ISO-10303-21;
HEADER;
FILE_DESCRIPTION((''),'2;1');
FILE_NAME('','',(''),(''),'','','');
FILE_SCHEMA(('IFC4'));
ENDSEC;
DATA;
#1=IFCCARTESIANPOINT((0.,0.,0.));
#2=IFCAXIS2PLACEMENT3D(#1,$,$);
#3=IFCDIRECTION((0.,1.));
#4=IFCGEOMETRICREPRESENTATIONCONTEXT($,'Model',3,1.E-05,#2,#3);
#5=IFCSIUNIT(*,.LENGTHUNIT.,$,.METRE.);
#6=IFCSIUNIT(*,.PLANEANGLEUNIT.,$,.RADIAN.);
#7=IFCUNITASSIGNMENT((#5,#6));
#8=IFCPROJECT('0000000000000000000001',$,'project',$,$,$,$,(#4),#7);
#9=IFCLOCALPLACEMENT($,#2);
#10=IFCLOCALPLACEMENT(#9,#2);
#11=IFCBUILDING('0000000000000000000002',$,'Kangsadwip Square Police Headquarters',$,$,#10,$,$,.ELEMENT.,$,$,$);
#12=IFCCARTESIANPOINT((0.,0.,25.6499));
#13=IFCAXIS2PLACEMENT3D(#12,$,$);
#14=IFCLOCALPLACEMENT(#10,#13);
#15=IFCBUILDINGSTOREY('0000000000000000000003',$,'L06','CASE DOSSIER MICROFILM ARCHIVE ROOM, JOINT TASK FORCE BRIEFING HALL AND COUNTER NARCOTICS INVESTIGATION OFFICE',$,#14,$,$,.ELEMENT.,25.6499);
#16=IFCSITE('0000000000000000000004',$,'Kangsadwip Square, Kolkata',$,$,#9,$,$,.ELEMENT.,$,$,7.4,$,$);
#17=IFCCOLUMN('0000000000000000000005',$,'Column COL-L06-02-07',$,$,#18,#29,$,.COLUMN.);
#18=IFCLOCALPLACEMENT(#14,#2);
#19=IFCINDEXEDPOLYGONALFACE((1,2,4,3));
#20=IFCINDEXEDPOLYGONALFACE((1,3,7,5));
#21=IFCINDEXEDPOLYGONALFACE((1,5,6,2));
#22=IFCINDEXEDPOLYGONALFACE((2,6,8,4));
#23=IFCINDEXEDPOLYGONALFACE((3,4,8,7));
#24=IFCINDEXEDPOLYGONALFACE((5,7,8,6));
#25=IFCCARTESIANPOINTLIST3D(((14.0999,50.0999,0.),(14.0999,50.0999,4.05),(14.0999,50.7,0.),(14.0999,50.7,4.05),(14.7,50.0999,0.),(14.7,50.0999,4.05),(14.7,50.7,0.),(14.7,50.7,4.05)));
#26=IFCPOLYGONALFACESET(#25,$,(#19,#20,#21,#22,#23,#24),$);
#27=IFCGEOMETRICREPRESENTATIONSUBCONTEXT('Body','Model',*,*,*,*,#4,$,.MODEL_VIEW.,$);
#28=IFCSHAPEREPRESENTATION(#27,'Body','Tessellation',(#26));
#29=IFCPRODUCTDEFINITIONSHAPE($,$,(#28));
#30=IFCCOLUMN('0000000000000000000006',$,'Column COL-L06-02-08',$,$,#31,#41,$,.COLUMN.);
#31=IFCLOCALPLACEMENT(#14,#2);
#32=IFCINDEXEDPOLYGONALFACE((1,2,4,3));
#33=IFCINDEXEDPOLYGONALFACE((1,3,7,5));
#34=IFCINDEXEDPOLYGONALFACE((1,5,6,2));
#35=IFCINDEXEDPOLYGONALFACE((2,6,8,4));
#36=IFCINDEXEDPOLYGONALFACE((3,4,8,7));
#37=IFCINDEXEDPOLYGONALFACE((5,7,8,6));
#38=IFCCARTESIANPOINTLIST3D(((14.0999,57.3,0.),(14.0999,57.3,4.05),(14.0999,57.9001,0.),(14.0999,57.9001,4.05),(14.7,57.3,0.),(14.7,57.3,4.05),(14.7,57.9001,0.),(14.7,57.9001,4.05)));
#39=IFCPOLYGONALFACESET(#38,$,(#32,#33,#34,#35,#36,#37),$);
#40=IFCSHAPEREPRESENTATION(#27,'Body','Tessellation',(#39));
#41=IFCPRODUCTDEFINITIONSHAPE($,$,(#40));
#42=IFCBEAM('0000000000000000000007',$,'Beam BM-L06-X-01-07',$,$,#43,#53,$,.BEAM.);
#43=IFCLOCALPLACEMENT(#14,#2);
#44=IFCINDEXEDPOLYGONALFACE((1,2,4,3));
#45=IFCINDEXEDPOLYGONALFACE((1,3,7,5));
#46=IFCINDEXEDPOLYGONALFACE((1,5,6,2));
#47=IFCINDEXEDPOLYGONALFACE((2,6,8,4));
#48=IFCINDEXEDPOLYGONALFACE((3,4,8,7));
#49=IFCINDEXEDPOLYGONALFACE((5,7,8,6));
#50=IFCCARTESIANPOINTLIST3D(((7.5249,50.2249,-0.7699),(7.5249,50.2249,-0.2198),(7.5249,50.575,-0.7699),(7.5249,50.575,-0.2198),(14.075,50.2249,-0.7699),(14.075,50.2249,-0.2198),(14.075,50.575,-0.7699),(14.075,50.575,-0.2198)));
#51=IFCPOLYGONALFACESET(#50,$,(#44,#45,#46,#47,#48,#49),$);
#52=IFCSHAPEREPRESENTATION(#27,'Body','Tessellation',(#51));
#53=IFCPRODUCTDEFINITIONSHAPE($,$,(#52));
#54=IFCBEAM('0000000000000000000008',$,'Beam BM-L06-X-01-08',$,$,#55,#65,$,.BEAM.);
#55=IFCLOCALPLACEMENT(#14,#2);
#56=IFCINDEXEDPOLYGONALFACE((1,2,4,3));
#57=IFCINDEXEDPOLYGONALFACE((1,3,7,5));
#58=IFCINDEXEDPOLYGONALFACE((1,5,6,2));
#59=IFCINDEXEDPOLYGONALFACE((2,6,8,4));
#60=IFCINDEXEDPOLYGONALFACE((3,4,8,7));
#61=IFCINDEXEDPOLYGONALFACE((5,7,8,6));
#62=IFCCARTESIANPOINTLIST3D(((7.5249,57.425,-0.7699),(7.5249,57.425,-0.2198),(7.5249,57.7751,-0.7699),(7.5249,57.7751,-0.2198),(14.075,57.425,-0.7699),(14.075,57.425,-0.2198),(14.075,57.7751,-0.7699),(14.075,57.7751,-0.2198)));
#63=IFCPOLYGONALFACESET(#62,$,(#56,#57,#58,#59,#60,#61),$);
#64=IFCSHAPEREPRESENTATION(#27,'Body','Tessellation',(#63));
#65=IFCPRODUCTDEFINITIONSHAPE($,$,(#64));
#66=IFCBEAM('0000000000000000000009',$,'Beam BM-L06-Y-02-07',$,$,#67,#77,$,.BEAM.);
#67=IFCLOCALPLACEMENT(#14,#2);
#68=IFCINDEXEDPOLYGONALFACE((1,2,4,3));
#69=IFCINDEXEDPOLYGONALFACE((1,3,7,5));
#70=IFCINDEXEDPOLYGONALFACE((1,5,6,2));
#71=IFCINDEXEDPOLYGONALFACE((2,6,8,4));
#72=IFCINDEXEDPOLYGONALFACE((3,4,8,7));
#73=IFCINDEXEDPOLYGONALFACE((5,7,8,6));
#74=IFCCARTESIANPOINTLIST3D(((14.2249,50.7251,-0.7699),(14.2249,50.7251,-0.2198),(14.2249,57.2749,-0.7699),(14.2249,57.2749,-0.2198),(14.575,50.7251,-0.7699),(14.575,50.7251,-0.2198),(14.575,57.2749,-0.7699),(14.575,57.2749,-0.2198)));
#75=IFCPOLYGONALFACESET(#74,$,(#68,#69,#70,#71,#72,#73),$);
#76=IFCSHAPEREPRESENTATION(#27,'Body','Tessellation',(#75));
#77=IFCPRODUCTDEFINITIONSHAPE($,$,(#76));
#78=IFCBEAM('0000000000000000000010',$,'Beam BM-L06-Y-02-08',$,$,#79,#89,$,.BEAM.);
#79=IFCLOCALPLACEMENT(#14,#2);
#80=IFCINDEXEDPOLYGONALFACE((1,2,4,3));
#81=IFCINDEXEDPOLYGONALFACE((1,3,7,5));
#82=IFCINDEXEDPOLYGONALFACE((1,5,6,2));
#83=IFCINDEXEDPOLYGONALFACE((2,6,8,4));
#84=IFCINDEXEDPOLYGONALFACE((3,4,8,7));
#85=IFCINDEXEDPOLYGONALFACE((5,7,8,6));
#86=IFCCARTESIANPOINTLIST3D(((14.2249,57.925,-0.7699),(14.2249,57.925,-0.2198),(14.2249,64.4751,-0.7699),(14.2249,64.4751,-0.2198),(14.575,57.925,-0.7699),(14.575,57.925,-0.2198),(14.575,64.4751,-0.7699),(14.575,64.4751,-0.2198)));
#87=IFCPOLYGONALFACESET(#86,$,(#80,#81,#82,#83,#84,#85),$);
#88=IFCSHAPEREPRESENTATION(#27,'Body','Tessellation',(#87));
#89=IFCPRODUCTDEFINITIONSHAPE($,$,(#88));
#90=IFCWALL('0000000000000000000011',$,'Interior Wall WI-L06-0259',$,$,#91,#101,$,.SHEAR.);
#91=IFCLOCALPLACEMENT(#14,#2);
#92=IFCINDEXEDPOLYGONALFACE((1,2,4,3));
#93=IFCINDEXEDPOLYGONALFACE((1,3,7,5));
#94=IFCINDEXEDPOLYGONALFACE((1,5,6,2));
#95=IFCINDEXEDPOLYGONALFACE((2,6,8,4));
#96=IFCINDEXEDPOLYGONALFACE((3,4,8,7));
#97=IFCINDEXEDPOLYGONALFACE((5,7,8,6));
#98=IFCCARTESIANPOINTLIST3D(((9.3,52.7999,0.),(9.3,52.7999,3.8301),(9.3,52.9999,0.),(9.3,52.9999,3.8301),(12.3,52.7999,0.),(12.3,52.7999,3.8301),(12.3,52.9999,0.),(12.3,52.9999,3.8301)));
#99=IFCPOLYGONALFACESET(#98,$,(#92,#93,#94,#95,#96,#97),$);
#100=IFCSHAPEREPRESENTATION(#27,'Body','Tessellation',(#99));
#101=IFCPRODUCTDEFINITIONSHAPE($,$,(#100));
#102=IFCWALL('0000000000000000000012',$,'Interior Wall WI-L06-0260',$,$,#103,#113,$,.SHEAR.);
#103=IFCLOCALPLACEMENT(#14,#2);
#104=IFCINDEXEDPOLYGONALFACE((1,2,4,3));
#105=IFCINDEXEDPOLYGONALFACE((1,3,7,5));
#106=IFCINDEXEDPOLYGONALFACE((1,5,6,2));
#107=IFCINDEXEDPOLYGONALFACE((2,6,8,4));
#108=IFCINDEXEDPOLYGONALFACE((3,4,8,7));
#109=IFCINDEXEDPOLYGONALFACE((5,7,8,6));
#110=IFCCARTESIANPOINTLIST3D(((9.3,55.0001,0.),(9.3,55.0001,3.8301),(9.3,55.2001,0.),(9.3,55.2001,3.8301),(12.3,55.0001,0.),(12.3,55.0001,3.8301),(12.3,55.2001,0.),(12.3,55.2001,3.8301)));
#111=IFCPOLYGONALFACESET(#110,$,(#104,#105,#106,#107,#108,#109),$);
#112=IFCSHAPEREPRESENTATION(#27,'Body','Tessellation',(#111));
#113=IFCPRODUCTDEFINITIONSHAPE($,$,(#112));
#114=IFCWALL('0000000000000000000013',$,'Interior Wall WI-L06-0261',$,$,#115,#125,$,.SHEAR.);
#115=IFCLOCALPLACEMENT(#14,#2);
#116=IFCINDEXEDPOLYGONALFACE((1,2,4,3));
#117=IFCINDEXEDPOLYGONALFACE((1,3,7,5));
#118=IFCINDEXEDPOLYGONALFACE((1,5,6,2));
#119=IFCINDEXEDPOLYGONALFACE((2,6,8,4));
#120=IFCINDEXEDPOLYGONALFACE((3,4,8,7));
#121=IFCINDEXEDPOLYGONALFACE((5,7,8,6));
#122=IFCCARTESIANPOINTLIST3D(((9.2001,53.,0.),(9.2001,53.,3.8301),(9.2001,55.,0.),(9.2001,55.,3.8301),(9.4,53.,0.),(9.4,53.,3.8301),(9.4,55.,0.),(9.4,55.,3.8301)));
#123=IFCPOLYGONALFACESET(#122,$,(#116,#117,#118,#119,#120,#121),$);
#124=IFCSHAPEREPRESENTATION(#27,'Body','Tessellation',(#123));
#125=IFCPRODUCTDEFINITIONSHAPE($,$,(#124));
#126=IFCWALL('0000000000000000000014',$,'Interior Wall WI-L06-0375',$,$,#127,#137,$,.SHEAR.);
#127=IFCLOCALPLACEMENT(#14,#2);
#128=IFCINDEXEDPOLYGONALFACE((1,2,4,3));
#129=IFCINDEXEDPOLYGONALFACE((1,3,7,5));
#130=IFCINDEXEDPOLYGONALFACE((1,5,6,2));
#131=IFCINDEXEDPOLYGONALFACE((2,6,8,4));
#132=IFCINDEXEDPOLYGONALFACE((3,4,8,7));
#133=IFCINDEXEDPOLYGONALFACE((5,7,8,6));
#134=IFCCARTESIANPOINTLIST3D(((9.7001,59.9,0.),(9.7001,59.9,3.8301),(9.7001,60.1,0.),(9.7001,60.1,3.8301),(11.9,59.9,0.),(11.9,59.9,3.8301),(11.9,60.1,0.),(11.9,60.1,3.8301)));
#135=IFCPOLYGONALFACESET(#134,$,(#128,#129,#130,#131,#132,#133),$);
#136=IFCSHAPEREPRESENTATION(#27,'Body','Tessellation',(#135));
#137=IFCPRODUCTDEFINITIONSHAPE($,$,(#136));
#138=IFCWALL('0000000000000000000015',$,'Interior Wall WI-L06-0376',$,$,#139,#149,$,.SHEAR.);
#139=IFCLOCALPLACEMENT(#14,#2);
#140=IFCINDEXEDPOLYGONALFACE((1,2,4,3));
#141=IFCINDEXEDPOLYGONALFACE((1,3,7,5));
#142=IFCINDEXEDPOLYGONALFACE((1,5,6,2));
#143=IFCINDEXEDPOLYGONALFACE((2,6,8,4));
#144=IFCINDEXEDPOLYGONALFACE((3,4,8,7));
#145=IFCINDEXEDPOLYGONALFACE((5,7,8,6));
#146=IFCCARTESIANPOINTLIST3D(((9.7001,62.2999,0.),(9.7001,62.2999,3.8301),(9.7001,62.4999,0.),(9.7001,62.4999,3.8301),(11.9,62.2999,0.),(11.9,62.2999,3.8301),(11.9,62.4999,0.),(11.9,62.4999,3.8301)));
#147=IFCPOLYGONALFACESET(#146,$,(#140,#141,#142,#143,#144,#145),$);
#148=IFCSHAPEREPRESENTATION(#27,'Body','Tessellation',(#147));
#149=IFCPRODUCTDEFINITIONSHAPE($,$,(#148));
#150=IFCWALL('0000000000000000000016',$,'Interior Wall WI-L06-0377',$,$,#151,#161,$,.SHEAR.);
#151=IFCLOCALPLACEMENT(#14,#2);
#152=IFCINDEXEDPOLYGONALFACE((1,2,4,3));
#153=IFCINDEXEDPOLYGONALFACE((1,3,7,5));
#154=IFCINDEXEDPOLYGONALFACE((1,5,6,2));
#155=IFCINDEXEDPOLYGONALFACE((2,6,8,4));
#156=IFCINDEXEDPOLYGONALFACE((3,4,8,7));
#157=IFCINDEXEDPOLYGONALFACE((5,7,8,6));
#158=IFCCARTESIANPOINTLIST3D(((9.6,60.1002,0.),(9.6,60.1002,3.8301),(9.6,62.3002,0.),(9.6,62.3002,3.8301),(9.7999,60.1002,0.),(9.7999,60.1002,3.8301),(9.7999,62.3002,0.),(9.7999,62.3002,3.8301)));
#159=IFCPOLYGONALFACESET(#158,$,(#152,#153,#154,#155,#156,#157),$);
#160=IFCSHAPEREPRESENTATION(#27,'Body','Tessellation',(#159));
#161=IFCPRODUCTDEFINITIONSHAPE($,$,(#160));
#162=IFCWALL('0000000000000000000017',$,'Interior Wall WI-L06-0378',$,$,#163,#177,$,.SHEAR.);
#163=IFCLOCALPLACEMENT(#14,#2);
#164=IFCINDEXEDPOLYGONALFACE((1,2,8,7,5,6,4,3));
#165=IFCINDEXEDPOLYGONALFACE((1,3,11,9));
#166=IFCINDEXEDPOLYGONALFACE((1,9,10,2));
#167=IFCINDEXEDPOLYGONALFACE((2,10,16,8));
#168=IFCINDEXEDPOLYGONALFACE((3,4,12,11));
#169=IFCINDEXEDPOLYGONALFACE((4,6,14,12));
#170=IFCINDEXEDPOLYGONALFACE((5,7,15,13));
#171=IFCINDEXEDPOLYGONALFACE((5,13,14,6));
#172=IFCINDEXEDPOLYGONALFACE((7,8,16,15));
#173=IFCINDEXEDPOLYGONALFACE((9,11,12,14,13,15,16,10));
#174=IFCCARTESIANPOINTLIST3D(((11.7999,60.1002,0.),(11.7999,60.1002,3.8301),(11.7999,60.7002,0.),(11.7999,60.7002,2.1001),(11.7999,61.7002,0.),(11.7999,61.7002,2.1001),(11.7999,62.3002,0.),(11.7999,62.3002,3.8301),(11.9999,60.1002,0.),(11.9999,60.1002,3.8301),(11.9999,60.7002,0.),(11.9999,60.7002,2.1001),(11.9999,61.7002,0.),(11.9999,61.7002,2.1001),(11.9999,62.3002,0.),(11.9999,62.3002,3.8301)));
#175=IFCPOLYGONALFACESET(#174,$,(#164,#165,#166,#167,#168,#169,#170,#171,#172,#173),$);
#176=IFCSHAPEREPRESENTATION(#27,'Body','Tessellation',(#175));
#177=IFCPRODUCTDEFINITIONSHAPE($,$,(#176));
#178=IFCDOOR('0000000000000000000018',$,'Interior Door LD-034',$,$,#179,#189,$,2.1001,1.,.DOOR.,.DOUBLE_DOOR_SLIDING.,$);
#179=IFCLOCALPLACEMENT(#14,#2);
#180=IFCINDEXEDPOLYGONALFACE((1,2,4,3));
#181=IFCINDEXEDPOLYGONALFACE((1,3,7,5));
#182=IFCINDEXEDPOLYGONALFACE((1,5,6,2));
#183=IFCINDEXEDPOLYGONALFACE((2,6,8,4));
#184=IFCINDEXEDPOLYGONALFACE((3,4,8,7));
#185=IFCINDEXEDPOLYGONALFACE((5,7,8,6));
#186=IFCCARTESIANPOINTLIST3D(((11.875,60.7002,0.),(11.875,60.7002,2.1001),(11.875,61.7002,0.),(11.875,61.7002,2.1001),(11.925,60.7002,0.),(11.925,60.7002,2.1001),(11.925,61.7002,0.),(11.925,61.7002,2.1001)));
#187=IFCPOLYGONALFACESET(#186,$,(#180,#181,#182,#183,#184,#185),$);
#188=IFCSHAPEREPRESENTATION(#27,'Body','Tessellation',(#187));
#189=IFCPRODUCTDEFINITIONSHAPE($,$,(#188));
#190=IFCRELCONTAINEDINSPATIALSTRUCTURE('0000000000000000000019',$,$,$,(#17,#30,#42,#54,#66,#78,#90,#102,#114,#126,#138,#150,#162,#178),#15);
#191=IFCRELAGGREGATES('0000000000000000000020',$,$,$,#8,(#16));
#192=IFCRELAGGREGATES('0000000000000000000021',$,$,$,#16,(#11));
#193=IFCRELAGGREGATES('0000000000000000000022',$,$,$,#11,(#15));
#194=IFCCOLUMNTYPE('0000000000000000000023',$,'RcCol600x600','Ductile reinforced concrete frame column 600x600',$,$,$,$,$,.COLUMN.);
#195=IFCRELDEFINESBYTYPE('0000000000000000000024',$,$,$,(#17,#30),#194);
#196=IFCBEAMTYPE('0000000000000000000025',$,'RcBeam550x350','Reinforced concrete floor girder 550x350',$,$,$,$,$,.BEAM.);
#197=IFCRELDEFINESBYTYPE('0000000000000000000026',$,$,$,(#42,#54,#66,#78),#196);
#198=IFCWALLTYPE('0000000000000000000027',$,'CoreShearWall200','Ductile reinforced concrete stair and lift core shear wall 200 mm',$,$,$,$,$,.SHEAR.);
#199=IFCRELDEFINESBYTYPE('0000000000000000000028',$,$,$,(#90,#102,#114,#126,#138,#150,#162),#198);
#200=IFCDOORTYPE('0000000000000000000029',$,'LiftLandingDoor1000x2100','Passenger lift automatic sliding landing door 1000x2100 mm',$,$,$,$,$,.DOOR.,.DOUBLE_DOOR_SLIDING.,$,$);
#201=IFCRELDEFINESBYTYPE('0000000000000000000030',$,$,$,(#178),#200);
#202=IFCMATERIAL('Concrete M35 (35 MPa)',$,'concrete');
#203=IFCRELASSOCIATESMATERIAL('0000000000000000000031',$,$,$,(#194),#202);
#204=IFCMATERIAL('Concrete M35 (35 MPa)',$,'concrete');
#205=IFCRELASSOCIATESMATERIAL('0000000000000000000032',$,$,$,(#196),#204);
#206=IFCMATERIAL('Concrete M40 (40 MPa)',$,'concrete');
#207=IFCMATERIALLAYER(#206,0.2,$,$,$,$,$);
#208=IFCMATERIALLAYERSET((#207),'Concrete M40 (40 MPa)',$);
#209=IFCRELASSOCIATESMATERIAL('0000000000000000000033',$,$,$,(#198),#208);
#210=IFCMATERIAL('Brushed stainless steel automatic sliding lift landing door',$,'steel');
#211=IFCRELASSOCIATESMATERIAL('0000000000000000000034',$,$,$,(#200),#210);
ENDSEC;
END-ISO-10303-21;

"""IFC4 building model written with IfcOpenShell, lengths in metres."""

from ifc_helpers import new_model, si_unit, direction, frame, frame_2d, origin, origin_2d, place, context, subcontext, project, spatial, rectangle, extrude, material, layer, layer_set, material_profile, profile_set, type_object, element, fill, save


model = new_model("IFC4")

# Units and contexts
model_context = context("Model", 3, precision=1e-05, world=origin(), true_north=direction((0.0, 1.0)))
body_context = subcontext(model_context, "Body", "Model", "MODEL_VIEW")
ifc_project = project(units=[si_unit("LENGTHUNIT", "METRE"), si_unit("PLANEANGLEUNIT", "RADIAN")], contexts=[model_context])

# Site, building, storey
site_placement = place(None, origin())
site = spatial("IfcSite", under=ifc_project, at=site_placement, Name="Kangsadwip Square, Kolkata", CompositionType="ELEMENT", RefElevation=7.4)
building_placement = place(site_placement, origin())
building = spatial("IfcBuilding", under=site, at=building_placement, Name="Kangsadwip Square Police Headquarters", CompositionType="ELEMENT")
storey_placement = place(building_placement, frame((0.0, 0.0, 25.6499)))
storey = spatial("IfcBuildingStorey", under=building, at=storey_placement, Name="L06", Description="CASE DOSSIER MICROFILM ARCHIVE ROOM, JOINT TASK FORCE BRIEFING HALL AND COUNTER NARCOTICS INVESTIGATION OFFICE", CompositionType="ELEMENT", Elevation=25.6499)

# Columns
ifc_material_1 = material(Name="Concrete M35 (35 MPa)", Category="concrete")
ifc_material_profile_1 = material_profile(ifc_material_1, rectangle(XDim=0.6001, YDim=0.6001, at=origin_2d()), Name="RC COL 600X600")
ifc_profile_set_1 = profile_set([ifc_material_profile_1], Name="Concrete M35 (35 MPa)")
column_type = type_object("IfcColumnType", Name="RcCol600x600", Description="Ductile reinforced concrete frame column 600x600", PredefinedType="COLUMN", material=ifc_profile_set_1)
for number, where, z_axis, x_axis, name in (
    (1, (14.3999, 50.3999, 0.0), (0.0, 0.0, 1.0), (1.0, 0.0, 0.0), "Column COL-L06-02-07"),
    (2, (14.3999, 57.6001, 0.0), (0.0, 0.0, 1.0), (1.0, 0.0, 0.0), "Column COL-L06-02-08"),
):
    element("IfcColumn", number, at=place(storey_placement, frame(where, z_axis=z_axis, x_axis=x_axis)), inside=storey, type_object=column_type, Name=name, PredefinedType="COLUMN", context=body_context, shape_type="SweptSolid", body=[
        extrude(rectangle(XDim=0.6001, YDim=0.6001, at=origin_2d()), origin(), (0.0, 0.0, 1.0), 4.05),
    ])

# Beams
ifc_material_2 = material(Name="Concrete M35 (35 MPa)", Category="concrete")
ifc_material_profile_2 = material_profile(ifc_material_2, rectangle(XDim=0.3501, YDim=0.55, at=origin_2d()), Name="RC BM 550X350")
ifc_profile_set_2 = profile_set([ifc_material_profile_2], Name="Concrete M35 (35 MPa)")
beam_type = type_object("IfcBeamType", Name="RcBeam550x350", Description="Reinforced concrete floor girder 550x350", PredefinedType="BEAM", material=ifc_profile_set_2)
for number, where, z_axis, x_axis, name in (
    (3, (7.5249, 50.3999, -0.4949), (1.0, 0.0, 0.0), (0.0, 1.0, 0.0), "Beam BM-L06-X-01-07"),
    (4, (7.5249, 57.6001, -0.4949), (1.0, 0.0, 0.0), (0.0, 1.0, 0.0), "Beam BM-L06-X-01-08"),
):
    element("IfcBeam", number, at=place(storey_placement, frame(where, z_axis=z_axis, x_axis=x_axis)), inside=storey, type_object=beam_type, Name=name, PredefinedType="BEAM", context=body_context, shape_type="SweptSolid", body=[
        extrude(rectangle(XDim=0.3501, YDim=0.55, at=origin_2d()), origin(), (0.0, 0.0, 1.0), 6.55),
    ])
beam_1_placement = place(storey_placement, frame((14.3999, 50.7251, -0.4949), z_axis=(0.0, 1.0, 0.0), x_axis=(-1.0, 0.0, 0.0)))
element("IfcBeam", 5, at=beam_1_placement, inside=storey, type_object=beam_type, Name="Beam BM-L06-Y-02-07", PredefinedType="BEAM", context=body_context, shape_type="SweptSolid", body=[
    extrude(rectangle(XDim=0.3501, YDim=0.55, at=origin_2d()), origin(), (0.0, 0.0, 1.0), 6.5498),
])
beam_2_placement = place(storey_placement, frame((14.3999, 57.925, -0.4949), z_axis=(0.0, 1.0, 0.0), x_axis=(-1.0, 0.0, 0.0)))
element("IfcBeam", 6, at=beam_2_placement, inside=storey, type_object=beam_type, Name="Beam BM-L06-Y-02-08", PredefinedType="BEAM", context=body_context, shape_type="SweptSolid", body=[
    extrude(rectangle(XDim=0.3501, YDim=0.55, at=origin_2d()), origin(), (0.0, 0.0, 1.0), 6.55),
])

# Walls
ifc_material_3 = material(Name="Concrete M40 (40 MPa)", Category="concrete")
ifc_layer_1 = layer(ifc_material_3, 0.2)
ifc_layer_set_1 = layer_set([ifc_layer_1], Name="Concrete M40 (40 MPa)")
wall_type_1 = type_object("IfcWallType", Name="CoreShearWall200", Description="Ductile reinforced concrete stair and lift core shear wall 200 mm", PredefinedType="SHEAR", material=ifc_layer_set_1)
for number, where, z_axis, x_axis, name in (
    (7, (9.3, 52.8999, 0.0), (0.0, 0.0, 1.0), (1.0, 0.0, 0.0), "Interior Wall WI-L06-0259"),
    (8, (9.3, 55.1001, 0.0), (0.0, 0.0, 1.0), (1.0, 0.0, 0.0), "Interior Wall WI-L06-0260"),
):
    element("IfcWall", number, at=place(storey_placement, frame(where, z_axis=z_axis, x_axis=x_axis)), inside=storey, type_object=wall_type_1, Name=name, PredefinedType="SHEAR", context=body_context, shape_type="SweptSolid", body=[
        extrude(rectangle(XDim=3.0, YDim=0.2, at=frame_2d((1.5, 0.0))), origin(), (0.0, 0.0, 1.0), 3.8301),
    ])
wall_1_placement = place(storey_placement, frame((9.3, 53.0, 0.0), z_axis=(0.0, 0.0, 1.0), x_axis=(0.0, 1.0, 0.0)))
element("IfcWall", 9, at=wall_1_placement, inside=storey, type_object=wall_type_1, Name="Interior Wall WI-L06-0261", PredefinedType="SHEAR", context=body_context, shape_type="SweptSolid", body=[
    extrude(rectangle(XDim=2.0, YDim=0.2, at=frame_2d((1.0, 0.0))), origin(), (0.0, 0.0, 1.0), 3.8301),
])

# Walls
for number, where, z_axis, x_axis, name in (
    (10, (9.7, 60.0, 0.0), (0.0, 0.0, 1.0), (1.0, 0.0, 0.0), "Interior Wall WI-L06-0375"),
    (11, (9.7, 62.3999, 0.0), (0.0, 0.0, 1.0), (1.0, 0.0, 0.0), "Interior Wall WI-L06-0376"),
    (12, (9.7, 60.1001, 0.0), (0.0, 0.0, 1.0), (0.0, 1.0, 0.0), "Interior Wall WI-L06-0377"),
):
    element("IfcWall", number, at=place(storey_placement, frame(where, z_axis=z_axis, x_axis=x_axis)), inside=storey, type_object=wall_type_1, Name=name, PredefinedType="SHEAR", context=body_context, shape_type="SweptSolid", body=[
        extrude(rectangle(XDim=2.2, YDim=0.2, at=frame_2d((1.1001, 0.0))), origin(), (0.0, 0.0, 1.0), 3.8301),
    ])

# Wall, opening, door
wall_2_placement = place(storey_placement, frame((11.8999, 60.1001, 0.0), z_axis=(0.0, 0.0, 1.0), x_axis=(0.0, 1.0, 0.0)))
wall_2 = element("IfcWall", 13, at=wall_2_placement, inside=storey, type_object=wall_type_1, Name="Interior Wall WI-L06-0378", PredefinedType="SHEAR", context=body_context, shape_type="SweptSolid", body=[
    extrude(rectangle(XDim=2.2, YDim=0.2, at=frame_2d((1.1001, 0.0))), origin(), (0.0, 0.0, 1.0), 3.8301),
])
opening_1_placement = place(wall_2_placement, frame((0.6001, 0.0, 0.0)))
opening_1 = element("IfcOpeningElement", 14, at=opening_1_placement, cuts=wall_2, PredefinedType="OPENING", context=body_context, shape_type="SweptSolid", body=[
    extrude(rectangle(XDim=1.0, YDim=2.1001, at=frame_2d((0.5, 1.05))), frame((0.0, 0.1099, 0.0), z_axis=(0.0, -1.0, 0.0), x_axis=(1.0, 0.0, 0.0)), (0.0, 0.0, 1.0), 0.22),
])
ifc_material_4 = material(Name="Brushed stainless steel automatic sliding lift landing door", Category="steel")
door_type_1 = type_object("IfcDoorType", Name="LiftLandingDoor1000x2100", Description="Passenger lift automatic sliding landing door 1000x2100 mm", OperationType="DOUBLE_DOOR_SLIDING", PredefinedType="DOOR", material=ifc_material_4)
door_1_placement = place(opening_1_placement, origin())
door_1 = element("IfcDoor", 15, at=door_1_placement, inside=storey, type_object=door_type_1, Name="Interior Door LD-034", OperationType="DOUBLE_DOOR_SLIDING", OverallHeight=2.1001, OverallWidth=1.0, PredefinedType="DOOR", context=body_context, shape_type="SweptSolid", body=[
    extrude(rectangle(XDim=1.0, YDim=2.1001, at=frame_2d((0.5, 1.05))), frame((0.0, 0.0249, 0.0), z_axis=(0.0, -1.0, 0.0), x_axis=(1.0, 0.0, 0.0)), (0.0, 0.0, 1.0), 0.05),
])
fill(opening_1, door_1)

save(model, "model.ifc")
